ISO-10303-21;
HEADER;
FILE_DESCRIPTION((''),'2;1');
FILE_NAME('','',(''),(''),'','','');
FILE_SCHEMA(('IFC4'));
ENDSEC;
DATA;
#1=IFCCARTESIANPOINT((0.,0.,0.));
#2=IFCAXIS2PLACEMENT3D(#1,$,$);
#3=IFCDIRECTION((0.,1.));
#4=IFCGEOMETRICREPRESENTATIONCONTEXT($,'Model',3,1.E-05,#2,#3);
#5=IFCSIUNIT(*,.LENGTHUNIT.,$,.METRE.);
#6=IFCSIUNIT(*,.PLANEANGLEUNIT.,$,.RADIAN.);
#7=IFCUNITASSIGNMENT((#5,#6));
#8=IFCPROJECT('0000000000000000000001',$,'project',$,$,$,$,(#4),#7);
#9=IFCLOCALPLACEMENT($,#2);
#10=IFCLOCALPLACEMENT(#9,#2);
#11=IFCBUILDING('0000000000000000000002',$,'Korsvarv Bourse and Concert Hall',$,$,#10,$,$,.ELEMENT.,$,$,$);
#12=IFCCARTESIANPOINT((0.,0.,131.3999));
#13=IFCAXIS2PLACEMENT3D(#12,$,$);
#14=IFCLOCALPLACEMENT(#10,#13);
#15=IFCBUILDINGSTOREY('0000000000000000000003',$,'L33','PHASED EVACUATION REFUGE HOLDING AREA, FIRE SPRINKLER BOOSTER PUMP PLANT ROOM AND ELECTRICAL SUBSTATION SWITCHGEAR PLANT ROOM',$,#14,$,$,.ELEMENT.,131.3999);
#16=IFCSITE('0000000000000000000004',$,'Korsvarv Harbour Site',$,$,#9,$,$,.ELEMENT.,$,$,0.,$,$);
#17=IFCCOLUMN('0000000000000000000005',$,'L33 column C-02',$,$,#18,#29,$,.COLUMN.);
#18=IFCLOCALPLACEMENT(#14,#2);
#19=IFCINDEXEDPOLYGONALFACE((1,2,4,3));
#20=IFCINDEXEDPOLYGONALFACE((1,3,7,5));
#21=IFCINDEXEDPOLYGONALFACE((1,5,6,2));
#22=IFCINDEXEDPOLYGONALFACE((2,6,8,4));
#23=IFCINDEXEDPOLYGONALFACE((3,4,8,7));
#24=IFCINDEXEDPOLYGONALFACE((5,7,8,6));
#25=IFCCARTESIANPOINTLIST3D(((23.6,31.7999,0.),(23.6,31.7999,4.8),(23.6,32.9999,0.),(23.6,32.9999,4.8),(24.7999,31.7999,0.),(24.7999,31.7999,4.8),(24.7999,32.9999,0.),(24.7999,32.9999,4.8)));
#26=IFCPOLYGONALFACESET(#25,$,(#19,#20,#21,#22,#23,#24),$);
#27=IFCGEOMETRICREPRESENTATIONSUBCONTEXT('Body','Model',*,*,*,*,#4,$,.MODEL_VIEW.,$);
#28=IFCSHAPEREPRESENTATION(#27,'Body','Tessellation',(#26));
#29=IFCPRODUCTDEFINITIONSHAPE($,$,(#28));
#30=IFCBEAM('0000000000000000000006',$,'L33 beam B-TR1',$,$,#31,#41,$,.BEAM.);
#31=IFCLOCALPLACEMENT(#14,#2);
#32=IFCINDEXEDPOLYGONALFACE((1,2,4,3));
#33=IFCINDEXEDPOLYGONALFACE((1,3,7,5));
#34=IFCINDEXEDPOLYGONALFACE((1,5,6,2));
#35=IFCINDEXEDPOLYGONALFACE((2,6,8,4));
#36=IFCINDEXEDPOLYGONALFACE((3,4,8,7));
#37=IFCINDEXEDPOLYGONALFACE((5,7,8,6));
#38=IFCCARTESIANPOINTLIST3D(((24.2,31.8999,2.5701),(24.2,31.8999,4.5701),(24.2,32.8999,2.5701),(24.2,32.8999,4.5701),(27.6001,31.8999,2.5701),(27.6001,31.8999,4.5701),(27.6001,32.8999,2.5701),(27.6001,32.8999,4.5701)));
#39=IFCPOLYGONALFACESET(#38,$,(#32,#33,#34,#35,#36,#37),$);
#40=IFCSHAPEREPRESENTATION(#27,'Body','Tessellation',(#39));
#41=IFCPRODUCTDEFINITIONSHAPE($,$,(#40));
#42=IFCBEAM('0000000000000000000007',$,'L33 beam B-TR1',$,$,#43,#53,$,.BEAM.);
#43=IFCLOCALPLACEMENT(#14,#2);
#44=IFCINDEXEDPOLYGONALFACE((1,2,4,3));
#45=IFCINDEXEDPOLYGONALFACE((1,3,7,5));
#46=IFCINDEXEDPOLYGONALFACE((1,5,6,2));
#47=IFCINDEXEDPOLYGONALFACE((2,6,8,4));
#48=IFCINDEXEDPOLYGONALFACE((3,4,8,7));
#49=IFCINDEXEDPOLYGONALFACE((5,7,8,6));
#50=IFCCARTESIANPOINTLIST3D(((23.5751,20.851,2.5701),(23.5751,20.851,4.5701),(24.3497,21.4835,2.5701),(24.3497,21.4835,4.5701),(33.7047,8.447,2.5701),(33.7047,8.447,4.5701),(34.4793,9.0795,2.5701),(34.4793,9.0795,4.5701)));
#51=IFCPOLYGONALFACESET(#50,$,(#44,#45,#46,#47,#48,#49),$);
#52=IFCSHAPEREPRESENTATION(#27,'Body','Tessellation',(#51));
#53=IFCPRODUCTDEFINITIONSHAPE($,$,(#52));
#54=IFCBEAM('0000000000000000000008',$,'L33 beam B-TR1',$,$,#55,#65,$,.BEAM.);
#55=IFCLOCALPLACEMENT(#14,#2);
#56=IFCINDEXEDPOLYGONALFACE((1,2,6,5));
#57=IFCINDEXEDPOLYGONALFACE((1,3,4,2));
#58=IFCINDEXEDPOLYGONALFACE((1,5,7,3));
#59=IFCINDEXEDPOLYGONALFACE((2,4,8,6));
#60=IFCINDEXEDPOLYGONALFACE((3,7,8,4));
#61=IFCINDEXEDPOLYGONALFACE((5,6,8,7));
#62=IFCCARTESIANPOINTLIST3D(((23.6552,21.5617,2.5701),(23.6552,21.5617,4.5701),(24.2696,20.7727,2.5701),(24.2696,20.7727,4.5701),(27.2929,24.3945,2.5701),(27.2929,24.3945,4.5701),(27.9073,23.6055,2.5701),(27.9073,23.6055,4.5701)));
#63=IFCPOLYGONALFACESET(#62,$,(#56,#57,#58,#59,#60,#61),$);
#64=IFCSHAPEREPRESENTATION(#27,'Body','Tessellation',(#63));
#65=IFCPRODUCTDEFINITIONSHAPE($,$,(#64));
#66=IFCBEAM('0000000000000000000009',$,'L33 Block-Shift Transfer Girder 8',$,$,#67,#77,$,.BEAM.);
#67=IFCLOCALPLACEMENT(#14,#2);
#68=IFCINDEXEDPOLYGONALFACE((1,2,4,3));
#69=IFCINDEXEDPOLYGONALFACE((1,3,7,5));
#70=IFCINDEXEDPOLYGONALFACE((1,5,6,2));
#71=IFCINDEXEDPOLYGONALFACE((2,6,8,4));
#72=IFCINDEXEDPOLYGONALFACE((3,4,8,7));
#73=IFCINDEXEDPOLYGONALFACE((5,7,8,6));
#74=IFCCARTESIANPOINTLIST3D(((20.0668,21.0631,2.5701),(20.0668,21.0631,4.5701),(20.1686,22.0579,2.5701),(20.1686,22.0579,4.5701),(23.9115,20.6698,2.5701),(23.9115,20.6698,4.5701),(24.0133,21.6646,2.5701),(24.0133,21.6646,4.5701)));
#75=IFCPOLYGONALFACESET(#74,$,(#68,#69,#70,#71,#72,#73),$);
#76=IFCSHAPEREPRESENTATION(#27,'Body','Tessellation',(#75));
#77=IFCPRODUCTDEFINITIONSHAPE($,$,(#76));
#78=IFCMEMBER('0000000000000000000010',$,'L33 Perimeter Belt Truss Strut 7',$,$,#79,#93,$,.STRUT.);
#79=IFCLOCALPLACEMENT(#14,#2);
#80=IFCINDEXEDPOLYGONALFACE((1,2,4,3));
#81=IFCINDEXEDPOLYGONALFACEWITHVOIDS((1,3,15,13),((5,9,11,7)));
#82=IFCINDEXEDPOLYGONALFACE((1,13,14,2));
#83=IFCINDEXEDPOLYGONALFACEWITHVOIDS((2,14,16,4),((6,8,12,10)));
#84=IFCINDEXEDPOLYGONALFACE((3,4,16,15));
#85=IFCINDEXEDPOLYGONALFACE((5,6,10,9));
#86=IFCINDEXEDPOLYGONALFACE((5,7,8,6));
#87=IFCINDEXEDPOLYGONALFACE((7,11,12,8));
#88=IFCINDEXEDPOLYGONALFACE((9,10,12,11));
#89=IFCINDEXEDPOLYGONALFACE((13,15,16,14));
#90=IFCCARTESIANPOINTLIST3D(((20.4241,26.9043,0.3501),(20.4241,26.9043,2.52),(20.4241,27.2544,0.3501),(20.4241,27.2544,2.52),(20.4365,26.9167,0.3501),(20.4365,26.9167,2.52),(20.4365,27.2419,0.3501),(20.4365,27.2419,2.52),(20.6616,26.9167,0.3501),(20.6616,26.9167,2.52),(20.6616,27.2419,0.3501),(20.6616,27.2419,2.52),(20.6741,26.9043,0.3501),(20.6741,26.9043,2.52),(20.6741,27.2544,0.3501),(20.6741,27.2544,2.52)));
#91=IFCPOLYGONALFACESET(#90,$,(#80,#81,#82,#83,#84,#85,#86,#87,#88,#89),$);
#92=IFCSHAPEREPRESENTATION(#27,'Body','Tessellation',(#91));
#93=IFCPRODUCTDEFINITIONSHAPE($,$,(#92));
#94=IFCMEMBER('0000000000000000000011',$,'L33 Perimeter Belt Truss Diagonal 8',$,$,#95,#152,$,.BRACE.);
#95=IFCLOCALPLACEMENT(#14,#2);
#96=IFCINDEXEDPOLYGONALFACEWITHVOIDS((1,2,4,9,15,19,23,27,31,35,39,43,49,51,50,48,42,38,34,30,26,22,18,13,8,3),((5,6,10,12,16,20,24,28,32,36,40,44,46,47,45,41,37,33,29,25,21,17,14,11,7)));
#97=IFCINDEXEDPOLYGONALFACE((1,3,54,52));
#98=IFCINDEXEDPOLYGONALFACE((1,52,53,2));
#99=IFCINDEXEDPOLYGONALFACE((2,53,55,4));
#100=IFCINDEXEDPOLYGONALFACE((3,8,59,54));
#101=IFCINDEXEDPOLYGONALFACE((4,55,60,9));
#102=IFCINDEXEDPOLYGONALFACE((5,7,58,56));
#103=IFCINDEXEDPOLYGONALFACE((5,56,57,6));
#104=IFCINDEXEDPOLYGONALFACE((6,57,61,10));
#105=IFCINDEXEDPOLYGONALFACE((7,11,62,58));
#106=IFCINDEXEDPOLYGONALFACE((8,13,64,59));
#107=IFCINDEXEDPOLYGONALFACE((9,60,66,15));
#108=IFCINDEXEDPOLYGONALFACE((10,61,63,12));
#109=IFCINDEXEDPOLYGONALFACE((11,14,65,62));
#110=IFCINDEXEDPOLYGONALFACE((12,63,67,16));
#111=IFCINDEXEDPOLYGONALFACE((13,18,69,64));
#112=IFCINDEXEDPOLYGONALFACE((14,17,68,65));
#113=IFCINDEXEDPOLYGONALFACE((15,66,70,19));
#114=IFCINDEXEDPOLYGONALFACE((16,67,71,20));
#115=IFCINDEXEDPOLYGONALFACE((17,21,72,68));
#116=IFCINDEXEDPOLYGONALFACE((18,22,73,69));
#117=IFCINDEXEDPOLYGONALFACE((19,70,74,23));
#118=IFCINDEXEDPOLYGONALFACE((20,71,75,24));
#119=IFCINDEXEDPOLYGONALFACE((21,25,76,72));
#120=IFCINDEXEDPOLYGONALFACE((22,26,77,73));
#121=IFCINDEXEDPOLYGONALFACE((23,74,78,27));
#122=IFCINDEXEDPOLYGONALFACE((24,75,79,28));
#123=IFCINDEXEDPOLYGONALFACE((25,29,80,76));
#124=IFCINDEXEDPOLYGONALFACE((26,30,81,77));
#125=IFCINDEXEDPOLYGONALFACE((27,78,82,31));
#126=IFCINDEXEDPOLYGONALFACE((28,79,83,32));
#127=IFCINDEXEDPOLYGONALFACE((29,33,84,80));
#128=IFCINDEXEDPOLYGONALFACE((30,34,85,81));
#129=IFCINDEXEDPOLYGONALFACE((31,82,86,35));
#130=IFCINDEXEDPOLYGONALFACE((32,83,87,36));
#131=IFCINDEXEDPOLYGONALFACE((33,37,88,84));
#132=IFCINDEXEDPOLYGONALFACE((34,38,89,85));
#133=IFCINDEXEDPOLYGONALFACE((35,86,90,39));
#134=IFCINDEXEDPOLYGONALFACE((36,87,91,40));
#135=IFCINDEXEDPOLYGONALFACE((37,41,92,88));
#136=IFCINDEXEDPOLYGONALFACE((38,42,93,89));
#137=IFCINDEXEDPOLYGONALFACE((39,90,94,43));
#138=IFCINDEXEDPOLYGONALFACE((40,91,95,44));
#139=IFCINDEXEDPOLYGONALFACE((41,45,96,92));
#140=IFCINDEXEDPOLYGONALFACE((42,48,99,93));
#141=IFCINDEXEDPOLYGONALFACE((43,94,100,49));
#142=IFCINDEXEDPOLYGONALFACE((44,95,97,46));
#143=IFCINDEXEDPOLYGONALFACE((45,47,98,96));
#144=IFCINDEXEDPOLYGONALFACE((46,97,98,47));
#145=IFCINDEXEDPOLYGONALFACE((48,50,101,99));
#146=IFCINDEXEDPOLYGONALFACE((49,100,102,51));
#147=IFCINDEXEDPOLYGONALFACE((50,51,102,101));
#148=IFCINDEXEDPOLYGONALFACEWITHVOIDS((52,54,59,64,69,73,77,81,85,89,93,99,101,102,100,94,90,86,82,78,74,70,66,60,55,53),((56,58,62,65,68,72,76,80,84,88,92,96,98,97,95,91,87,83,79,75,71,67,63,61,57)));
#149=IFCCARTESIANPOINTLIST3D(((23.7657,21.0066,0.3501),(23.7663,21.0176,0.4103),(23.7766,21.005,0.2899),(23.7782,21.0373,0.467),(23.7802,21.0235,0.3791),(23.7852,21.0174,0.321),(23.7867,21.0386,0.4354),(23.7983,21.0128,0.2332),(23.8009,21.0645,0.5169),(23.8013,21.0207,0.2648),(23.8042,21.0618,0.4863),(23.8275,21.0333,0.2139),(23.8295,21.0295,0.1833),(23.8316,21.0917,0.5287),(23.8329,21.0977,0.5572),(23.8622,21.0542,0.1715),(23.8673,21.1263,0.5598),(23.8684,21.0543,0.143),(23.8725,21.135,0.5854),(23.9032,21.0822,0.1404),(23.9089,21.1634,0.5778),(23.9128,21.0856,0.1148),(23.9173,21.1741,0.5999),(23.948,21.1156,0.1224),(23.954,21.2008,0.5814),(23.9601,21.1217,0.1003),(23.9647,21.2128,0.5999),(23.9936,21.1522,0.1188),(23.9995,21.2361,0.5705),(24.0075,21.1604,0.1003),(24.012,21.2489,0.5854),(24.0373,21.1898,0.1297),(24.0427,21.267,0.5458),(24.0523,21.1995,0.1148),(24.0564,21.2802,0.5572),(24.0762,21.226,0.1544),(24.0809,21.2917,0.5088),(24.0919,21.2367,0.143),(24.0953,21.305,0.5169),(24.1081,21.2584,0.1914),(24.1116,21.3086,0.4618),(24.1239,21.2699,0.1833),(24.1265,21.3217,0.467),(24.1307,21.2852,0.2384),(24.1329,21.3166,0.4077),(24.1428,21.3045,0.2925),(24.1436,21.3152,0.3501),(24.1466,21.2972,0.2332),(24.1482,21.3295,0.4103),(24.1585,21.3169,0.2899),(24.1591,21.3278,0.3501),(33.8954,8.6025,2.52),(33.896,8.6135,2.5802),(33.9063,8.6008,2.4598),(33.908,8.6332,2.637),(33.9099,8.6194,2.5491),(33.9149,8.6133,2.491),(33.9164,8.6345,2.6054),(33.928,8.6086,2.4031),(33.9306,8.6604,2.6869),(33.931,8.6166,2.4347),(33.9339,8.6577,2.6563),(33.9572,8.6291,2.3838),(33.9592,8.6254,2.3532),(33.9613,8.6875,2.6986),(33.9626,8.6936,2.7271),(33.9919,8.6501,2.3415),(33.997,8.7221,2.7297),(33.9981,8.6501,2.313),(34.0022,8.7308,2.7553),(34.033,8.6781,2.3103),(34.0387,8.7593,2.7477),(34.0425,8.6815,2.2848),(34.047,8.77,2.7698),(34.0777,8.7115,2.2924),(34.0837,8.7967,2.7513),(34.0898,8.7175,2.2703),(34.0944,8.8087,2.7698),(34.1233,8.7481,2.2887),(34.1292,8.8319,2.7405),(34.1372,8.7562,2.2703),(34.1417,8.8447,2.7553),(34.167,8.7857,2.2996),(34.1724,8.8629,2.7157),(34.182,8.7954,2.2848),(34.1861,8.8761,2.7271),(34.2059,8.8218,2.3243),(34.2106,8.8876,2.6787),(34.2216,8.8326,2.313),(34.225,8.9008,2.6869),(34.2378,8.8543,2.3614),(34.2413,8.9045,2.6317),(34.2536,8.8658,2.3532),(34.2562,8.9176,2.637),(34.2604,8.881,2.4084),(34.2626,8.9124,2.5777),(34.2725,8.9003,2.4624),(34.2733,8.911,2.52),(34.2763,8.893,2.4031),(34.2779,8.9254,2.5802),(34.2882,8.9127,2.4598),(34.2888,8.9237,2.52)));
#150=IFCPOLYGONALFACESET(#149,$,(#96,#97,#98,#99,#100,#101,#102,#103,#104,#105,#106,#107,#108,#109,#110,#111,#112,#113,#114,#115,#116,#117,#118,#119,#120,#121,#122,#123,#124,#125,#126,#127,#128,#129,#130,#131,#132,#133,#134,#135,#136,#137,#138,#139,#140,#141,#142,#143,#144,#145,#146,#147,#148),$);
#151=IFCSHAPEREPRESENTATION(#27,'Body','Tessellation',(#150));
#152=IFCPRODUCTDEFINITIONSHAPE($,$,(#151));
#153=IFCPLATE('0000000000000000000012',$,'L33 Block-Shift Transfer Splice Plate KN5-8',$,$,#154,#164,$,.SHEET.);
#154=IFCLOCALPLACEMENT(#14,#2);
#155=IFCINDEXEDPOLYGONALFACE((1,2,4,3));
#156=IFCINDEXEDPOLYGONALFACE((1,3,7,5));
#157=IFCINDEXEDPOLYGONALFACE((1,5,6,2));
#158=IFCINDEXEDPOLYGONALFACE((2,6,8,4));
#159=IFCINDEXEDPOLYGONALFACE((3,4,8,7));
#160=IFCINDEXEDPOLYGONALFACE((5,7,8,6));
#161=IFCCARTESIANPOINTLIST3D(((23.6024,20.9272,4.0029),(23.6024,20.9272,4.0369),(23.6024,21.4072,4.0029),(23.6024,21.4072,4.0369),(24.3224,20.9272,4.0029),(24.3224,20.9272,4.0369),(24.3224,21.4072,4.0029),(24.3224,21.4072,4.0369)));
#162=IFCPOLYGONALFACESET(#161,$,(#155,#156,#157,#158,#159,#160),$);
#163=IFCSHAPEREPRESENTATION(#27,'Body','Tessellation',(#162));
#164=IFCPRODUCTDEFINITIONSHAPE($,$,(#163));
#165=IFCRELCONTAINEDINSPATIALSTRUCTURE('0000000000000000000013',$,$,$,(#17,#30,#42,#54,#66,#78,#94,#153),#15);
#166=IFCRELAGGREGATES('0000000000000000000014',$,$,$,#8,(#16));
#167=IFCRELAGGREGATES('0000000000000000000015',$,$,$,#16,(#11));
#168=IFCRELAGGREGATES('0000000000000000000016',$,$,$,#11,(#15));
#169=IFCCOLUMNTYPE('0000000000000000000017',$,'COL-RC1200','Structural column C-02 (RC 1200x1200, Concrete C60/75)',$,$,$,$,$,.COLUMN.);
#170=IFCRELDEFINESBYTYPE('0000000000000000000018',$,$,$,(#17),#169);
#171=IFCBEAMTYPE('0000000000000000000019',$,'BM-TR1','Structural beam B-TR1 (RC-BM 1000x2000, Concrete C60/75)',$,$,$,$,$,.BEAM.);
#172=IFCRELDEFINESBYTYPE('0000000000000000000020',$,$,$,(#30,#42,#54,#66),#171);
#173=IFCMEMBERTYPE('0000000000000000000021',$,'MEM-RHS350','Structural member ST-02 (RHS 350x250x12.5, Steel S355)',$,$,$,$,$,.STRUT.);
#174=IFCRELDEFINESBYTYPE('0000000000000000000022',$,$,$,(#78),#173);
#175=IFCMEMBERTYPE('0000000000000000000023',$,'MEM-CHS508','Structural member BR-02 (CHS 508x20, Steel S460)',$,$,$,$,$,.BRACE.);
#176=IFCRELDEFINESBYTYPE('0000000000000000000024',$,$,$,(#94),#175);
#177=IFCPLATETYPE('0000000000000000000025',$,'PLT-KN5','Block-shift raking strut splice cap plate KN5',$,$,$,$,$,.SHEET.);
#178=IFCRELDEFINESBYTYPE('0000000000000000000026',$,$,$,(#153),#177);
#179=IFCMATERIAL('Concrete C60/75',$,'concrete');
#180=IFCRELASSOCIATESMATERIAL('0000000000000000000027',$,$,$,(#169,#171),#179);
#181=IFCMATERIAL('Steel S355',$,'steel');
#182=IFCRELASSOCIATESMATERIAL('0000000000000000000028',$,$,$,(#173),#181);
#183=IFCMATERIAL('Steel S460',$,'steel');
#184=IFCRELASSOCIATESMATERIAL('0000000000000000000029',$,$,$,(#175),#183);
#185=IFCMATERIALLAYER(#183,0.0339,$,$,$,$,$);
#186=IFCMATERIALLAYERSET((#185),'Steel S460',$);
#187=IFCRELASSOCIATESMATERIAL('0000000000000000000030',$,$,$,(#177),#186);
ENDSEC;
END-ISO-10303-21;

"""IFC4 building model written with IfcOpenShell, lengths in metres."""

from ifc_helpers import new_model, si_unit, direction, frame, origin, origin_2d, place, context, subcontext, project, spatial, rectangle, hollow_rectangle, hollow_circle, extrude, source, transform, mapped, material, layer, layer_set, material_profile, profile_set, type_object, element, save


model = new_model("IFC4")

# Units and contexts
model_context = context("Model", 3, precision=1e-05, world=origin(), true_north=direction((0.0, 1.0)))
body_context = subcontext(model_context, "Body", "Model", "MODEL_VIEW")
ifc_project = project(units=[si_unit("LENGTHUNIT", "METRE"), si_unit("PLANEANGLEUNIT", "RADIAN")], contexts=[model_context])

# Site, building, storey
site_placement = place(None, origin())
site = spatial("IfcSite", under=ifc_project, at=site_placement, Name="Korsvarv Harbour Site", CompositionType="ELEMENT", RefElevation=0.0)
building_placement = place(site_placement, origin())
building = spatial("IfcBuilding", under=site, at=building_placement, Name="Korsvarv Bourse and Concert Hall", CompositionType="ELEMENT")
storey_placement = place(building_placement, frame((0.0, 0.0, 131.3999)))
storey = spatial("IfcBuildingStorey", under=building, at=storey_placement, Name="L33", Description="PHASED EVACUATION REFUGE HOLDING AREA, FIRE SPRINKLER BOOSTER PUMP PLANT ROOM AND ELECTRICAL SUBSTATION SWITCHGEAR PLANT ROOM", CompositionType="ELEMENT", Elevation=131.3999)

# Column
ifc_material_1 = material(Name="Concrete C60/75", Category="concrete")
ifc_material_profile_1 = material_profile(ifc_material_1, rectangle(XDim=1.2, YDim=1.2, at=origin_2d()), Name="RC 1200x1200")
ifc_profile_set_1 = profile_set([ifc_material_profile_1], Name="Concrete C60/75")
column_type = type_object("IfcColumnType", Name="COL-RC1200", Description="Structural column C-02 (RC 1200x1200, Concrete C60/75)", PredefinedType="COLUMN", material=ifc_profile_set_1)
shared_shape_1 = source(origin(), body_context, "Body", "SweptSolid", [
    extrude(rectangle(XDim=1.2, YDim=1.2, at=origin_2d()), origin(), (0.0, 0.0, 1.0), 4.8),
])
column_placement = place(storey_placement, frame((24.2, 32.3999, 0.0), z_axis=(0.0, 0.0, 1.0), x_axis=(1.0, 0.0, 0.0)))
element("IfcColumn", 1, at=column_placement, inside=storey, type_object=column_type, Name="L33 column C-02", PredefinedType="COLUMN", context=body_context, shape_type="MappedRepresentation", body=[
    mapped(shared_shape_1, transform((0.0, 0.0, 0.0), scale=1.0)),
])

# Beams
ifc_material_profile_2 = material_profile(ifc_material_1, rectangle(XDim=1.0, YDim=2.0, at=origin_2d()), Name="RC-BM 1000x2000")
ifc_profile_set_2 = profile_set([ifc_material_profile_2], Name="Concrete C60/75")
beam_type = type_object("IfcBeamType", Name="BM-TR1", Description="Structural beam B-TR1 (RC-BM 1000x2000, Concrete C60/75)", PredefinedType="BEAM", material=ifc_profile_set_2)
shared_shape_2 = source(origin(), body_context, "Body", "SweptSolid", [
    extrude(rectangle(XDim=1.0, YDim=2.0, at=origin_2d()), origin(), (0.0, 0.0, 1.0), 3.4001),
])
beam_1_placement = place(storey_placement, frame((24.2, 32.3999, 3.5701), z_axis=(1.0, 0.0, 0.0), x_axis=(0.0, 1.0, 0.0)))
element("IfcBeam", 2, at=beam_1_placement, inside=storey, type_object=beam_type, Name="L33 beam B-TR1", PredefinedType="BEAM", context=body_context, shape_type="MappedRepresentation", body=[
    mapped(shared_shape_2, transform((0.0, 0.0, 0.0), scale=1.0)),
])
shared_shape_3 = source(origin(), body_context, "Body", "SweptSolid", [
    extrude(rectangle(XDim=1.0, YDim=2.0, at=origin_2d()), origin(), (0.0, 0.0, 1.0), 16.0146),
])
beam_2_placement = place(storey_placement, frame((23.9624, 21.1672, 3.5701), z_axis=(0.632522, -0.774542, 0.0), x_axis=(0.774542, 0.632522, 0.0)))
element("IfcBeam", 3, at=beam_2_placement, inside=storey, type_object=beam_type, Name="L33 beam B-TR1", PredefinedType="BEAM", context=body_context, shape_type="MappedRepresentation", body=[
    mapped(shared_shape_3, transform((0.0, 0.0, 0.0), scale=1.0)),
])
shared_shape_4 = source(origin(), body_context, "Body", "SweptSolid", [
    extrude(rectangle(XDim=1.0, YDim=2.0, at=origin_2d()), origin(), (0.0, 0.0, 1.0), 4.6106),
])
beam_3_placement = place(storey_placement, frame((23.9624, 21.1672, 3.5701), z_axis=(0.78899, 0.614406, 0.0), x_axis=(-0.614406, 0.78899, 0.0)))
element("IfcBeam", 4, at=beam_3_placement, inside=storey, type_object=beam_type, Name="L33 beam B-TR1", PredefinedType="BEAM", context=body_context, shape_type="MappedRepresentation", body=[
    mapped(shared_shape_4, transform((0.0, 0.0, 0.0), scale=1.0)),
])
shared_shape_5 = source(origin(), body_context, "Body", "SweptSolid", [
    extrude(rectangle(XDim=1.0, YDim=2.0, at=origin_2d()), origin(), (0.0, 0.0, 1.0), 3.8647),
])
beam_4_placement = place(storey_placement, frame((23.9624, 21.1672, 3.5701), z_axis=(-0.994808, 0.101768, 0.0), x_axis=(-0.101768, -0.994808, 0.0)))
element("IfcBeam", 5, at=beam_4_placement, inside=storey, type_object=beam_type, Name="L33 Block-Shift Transfer Girder 8", PredefinedType="BEAM", context=body_context, shape_type="MappedRepresentation", body=[
    mapped(shared_shape_5, transform((0.0, 0.0, 0.0), scale=1.0)),
])

# Members
ifc_material_2 = material(Name="Steel S355", Category="steel")
ifc_material_profile_3 = material_profile(ifc_material_2, hollow_rectangle(XDim=0.25, YDim=0.3501, WallThickness=0.0125, at=origin_2d()), Name="RHS 350x250x12.5")
ifc_profile_set_3 = profile_set([ifc_material_profile_3], Name="Steel S355")
member_type_1 = type_object("IfcMemberType", Name="MEM-RHS350", Description="Structural member ST-02 (RHS 350x250x12.5, Steel S355)", PredefinedType="STRUT", material=ifc_profile_set_3)
shared_shape_6 = source(origin(), body_context, "Body", "SweptSolid", [
    extrude(hollow_rectangle(XDim=0.25, YDim=0.3501, WallThickness=0.0125, at=origin_2d()), origin(), (0.0, 0.0, 1.0), 2.1699),
])
member_1_placement = place(storey_placement, frame((20.5491, 27.0793, 0.3501), z_axis=(0.0, 0.0, 1.0), x_axis=(1.0, 0.0, 0.0)))
element("IfcMember", 6, at=member_1_placement, inside=storey, type_object=member_type_1, Name="L33 Perimeter Belt Truss Strut 7", PredefinedType="STRUT", context=body_context, shape_type="MappedRepresentation", body=[
    mapped(shared_shape_6, transform((0.0, 0.0, 0.0), scale=1.0)),
])
ifc_material_3 = material(Name="Steel S460", Category="steel")
ifc_material_profile_4 = material_profile(ifc_material_3, hollow_circle(Radius=0.2539, WallThickness=0.02, at=origin_2d()), Name="CHS 508x20")
ifc_profile_set_4 = profile_set([ifc_material_profile_4], Name="Steel S460")
member_type_2 = type_object("IfcMemberType", Name="MEM-CHS508", Description="Structural member BR-02 (CHS 508x20, Steel S460)", PredefinedType="BRACE", material=ifc_profile_set_4)
shared_shape_7 = source(origin(), body_context, "Body", "SweptSolid", [
    extrude(hollow_circle(Radius=0.2539, WallThickness=0.02, at=origin_2d()), origin(), (0.0, 0.0, 1.0), 16.1611),
])
member_2_placement = place(storey_placement, frame((23.9624, 21.1672, 0.3501), z_axis=(0.626794, -0.767529, 0.134269), x_axis=(0.774542, 0.632522, 0.0)))
element("IfcMember", 7, at=member_2_placement, inside=storey, type_object=member_type_2, Name="L33 Perimeter Belt Truss Diagonal 8", PredefinedType="BRACE", context=body_context, shape_type="MappedRepresentation", body=[
    mapped(shared_shape_7, transform((0.0, 0.0, 0.0), scale=1.0)),
])

# Plate
ifc_layer_1 = layer(ifc_material_3, 0.0339)
ifc_layer_set_1 = layer_set([ifc_layer_1], Name="Steel S460")
plate_type_1 = type_object("IfcPlateType", Name="PLT-KN5", Description="Block-shift raking strut splice cap plate KN5", PredefinedType="SHEET", material=ifc_layer_set_1)
shared_shape_8 = source(origin(), body_context, "Body", "SweptSolid", [
    extrude(rectangle(XDim=0.72, YDim=0.48, at=origin_2d()), origin(), (0.0, 0.0, 1.0), 0.0339),
])
plate_placement = place(storey_placement, frame((23.9624, 21.1672, 4.0029), z_axis=(0.0, 0.0, 1.0), x_axis=(1.0, 0.0, 0.0)))
element("IfcPlate", 8, at=plate_placement, inside=storey, type_object=plate_type_1, Name="L33 Block-Shift Transfer Splice Plate KN5-8", PredefinedType="SHEET", context=body_context, shape_type="MappedRepresentation", body=[
    mapped(shared_shape_8, transform((0.0, 0.0, 0.0), scale=1.0)),
])

save(model, "model.ifc")
